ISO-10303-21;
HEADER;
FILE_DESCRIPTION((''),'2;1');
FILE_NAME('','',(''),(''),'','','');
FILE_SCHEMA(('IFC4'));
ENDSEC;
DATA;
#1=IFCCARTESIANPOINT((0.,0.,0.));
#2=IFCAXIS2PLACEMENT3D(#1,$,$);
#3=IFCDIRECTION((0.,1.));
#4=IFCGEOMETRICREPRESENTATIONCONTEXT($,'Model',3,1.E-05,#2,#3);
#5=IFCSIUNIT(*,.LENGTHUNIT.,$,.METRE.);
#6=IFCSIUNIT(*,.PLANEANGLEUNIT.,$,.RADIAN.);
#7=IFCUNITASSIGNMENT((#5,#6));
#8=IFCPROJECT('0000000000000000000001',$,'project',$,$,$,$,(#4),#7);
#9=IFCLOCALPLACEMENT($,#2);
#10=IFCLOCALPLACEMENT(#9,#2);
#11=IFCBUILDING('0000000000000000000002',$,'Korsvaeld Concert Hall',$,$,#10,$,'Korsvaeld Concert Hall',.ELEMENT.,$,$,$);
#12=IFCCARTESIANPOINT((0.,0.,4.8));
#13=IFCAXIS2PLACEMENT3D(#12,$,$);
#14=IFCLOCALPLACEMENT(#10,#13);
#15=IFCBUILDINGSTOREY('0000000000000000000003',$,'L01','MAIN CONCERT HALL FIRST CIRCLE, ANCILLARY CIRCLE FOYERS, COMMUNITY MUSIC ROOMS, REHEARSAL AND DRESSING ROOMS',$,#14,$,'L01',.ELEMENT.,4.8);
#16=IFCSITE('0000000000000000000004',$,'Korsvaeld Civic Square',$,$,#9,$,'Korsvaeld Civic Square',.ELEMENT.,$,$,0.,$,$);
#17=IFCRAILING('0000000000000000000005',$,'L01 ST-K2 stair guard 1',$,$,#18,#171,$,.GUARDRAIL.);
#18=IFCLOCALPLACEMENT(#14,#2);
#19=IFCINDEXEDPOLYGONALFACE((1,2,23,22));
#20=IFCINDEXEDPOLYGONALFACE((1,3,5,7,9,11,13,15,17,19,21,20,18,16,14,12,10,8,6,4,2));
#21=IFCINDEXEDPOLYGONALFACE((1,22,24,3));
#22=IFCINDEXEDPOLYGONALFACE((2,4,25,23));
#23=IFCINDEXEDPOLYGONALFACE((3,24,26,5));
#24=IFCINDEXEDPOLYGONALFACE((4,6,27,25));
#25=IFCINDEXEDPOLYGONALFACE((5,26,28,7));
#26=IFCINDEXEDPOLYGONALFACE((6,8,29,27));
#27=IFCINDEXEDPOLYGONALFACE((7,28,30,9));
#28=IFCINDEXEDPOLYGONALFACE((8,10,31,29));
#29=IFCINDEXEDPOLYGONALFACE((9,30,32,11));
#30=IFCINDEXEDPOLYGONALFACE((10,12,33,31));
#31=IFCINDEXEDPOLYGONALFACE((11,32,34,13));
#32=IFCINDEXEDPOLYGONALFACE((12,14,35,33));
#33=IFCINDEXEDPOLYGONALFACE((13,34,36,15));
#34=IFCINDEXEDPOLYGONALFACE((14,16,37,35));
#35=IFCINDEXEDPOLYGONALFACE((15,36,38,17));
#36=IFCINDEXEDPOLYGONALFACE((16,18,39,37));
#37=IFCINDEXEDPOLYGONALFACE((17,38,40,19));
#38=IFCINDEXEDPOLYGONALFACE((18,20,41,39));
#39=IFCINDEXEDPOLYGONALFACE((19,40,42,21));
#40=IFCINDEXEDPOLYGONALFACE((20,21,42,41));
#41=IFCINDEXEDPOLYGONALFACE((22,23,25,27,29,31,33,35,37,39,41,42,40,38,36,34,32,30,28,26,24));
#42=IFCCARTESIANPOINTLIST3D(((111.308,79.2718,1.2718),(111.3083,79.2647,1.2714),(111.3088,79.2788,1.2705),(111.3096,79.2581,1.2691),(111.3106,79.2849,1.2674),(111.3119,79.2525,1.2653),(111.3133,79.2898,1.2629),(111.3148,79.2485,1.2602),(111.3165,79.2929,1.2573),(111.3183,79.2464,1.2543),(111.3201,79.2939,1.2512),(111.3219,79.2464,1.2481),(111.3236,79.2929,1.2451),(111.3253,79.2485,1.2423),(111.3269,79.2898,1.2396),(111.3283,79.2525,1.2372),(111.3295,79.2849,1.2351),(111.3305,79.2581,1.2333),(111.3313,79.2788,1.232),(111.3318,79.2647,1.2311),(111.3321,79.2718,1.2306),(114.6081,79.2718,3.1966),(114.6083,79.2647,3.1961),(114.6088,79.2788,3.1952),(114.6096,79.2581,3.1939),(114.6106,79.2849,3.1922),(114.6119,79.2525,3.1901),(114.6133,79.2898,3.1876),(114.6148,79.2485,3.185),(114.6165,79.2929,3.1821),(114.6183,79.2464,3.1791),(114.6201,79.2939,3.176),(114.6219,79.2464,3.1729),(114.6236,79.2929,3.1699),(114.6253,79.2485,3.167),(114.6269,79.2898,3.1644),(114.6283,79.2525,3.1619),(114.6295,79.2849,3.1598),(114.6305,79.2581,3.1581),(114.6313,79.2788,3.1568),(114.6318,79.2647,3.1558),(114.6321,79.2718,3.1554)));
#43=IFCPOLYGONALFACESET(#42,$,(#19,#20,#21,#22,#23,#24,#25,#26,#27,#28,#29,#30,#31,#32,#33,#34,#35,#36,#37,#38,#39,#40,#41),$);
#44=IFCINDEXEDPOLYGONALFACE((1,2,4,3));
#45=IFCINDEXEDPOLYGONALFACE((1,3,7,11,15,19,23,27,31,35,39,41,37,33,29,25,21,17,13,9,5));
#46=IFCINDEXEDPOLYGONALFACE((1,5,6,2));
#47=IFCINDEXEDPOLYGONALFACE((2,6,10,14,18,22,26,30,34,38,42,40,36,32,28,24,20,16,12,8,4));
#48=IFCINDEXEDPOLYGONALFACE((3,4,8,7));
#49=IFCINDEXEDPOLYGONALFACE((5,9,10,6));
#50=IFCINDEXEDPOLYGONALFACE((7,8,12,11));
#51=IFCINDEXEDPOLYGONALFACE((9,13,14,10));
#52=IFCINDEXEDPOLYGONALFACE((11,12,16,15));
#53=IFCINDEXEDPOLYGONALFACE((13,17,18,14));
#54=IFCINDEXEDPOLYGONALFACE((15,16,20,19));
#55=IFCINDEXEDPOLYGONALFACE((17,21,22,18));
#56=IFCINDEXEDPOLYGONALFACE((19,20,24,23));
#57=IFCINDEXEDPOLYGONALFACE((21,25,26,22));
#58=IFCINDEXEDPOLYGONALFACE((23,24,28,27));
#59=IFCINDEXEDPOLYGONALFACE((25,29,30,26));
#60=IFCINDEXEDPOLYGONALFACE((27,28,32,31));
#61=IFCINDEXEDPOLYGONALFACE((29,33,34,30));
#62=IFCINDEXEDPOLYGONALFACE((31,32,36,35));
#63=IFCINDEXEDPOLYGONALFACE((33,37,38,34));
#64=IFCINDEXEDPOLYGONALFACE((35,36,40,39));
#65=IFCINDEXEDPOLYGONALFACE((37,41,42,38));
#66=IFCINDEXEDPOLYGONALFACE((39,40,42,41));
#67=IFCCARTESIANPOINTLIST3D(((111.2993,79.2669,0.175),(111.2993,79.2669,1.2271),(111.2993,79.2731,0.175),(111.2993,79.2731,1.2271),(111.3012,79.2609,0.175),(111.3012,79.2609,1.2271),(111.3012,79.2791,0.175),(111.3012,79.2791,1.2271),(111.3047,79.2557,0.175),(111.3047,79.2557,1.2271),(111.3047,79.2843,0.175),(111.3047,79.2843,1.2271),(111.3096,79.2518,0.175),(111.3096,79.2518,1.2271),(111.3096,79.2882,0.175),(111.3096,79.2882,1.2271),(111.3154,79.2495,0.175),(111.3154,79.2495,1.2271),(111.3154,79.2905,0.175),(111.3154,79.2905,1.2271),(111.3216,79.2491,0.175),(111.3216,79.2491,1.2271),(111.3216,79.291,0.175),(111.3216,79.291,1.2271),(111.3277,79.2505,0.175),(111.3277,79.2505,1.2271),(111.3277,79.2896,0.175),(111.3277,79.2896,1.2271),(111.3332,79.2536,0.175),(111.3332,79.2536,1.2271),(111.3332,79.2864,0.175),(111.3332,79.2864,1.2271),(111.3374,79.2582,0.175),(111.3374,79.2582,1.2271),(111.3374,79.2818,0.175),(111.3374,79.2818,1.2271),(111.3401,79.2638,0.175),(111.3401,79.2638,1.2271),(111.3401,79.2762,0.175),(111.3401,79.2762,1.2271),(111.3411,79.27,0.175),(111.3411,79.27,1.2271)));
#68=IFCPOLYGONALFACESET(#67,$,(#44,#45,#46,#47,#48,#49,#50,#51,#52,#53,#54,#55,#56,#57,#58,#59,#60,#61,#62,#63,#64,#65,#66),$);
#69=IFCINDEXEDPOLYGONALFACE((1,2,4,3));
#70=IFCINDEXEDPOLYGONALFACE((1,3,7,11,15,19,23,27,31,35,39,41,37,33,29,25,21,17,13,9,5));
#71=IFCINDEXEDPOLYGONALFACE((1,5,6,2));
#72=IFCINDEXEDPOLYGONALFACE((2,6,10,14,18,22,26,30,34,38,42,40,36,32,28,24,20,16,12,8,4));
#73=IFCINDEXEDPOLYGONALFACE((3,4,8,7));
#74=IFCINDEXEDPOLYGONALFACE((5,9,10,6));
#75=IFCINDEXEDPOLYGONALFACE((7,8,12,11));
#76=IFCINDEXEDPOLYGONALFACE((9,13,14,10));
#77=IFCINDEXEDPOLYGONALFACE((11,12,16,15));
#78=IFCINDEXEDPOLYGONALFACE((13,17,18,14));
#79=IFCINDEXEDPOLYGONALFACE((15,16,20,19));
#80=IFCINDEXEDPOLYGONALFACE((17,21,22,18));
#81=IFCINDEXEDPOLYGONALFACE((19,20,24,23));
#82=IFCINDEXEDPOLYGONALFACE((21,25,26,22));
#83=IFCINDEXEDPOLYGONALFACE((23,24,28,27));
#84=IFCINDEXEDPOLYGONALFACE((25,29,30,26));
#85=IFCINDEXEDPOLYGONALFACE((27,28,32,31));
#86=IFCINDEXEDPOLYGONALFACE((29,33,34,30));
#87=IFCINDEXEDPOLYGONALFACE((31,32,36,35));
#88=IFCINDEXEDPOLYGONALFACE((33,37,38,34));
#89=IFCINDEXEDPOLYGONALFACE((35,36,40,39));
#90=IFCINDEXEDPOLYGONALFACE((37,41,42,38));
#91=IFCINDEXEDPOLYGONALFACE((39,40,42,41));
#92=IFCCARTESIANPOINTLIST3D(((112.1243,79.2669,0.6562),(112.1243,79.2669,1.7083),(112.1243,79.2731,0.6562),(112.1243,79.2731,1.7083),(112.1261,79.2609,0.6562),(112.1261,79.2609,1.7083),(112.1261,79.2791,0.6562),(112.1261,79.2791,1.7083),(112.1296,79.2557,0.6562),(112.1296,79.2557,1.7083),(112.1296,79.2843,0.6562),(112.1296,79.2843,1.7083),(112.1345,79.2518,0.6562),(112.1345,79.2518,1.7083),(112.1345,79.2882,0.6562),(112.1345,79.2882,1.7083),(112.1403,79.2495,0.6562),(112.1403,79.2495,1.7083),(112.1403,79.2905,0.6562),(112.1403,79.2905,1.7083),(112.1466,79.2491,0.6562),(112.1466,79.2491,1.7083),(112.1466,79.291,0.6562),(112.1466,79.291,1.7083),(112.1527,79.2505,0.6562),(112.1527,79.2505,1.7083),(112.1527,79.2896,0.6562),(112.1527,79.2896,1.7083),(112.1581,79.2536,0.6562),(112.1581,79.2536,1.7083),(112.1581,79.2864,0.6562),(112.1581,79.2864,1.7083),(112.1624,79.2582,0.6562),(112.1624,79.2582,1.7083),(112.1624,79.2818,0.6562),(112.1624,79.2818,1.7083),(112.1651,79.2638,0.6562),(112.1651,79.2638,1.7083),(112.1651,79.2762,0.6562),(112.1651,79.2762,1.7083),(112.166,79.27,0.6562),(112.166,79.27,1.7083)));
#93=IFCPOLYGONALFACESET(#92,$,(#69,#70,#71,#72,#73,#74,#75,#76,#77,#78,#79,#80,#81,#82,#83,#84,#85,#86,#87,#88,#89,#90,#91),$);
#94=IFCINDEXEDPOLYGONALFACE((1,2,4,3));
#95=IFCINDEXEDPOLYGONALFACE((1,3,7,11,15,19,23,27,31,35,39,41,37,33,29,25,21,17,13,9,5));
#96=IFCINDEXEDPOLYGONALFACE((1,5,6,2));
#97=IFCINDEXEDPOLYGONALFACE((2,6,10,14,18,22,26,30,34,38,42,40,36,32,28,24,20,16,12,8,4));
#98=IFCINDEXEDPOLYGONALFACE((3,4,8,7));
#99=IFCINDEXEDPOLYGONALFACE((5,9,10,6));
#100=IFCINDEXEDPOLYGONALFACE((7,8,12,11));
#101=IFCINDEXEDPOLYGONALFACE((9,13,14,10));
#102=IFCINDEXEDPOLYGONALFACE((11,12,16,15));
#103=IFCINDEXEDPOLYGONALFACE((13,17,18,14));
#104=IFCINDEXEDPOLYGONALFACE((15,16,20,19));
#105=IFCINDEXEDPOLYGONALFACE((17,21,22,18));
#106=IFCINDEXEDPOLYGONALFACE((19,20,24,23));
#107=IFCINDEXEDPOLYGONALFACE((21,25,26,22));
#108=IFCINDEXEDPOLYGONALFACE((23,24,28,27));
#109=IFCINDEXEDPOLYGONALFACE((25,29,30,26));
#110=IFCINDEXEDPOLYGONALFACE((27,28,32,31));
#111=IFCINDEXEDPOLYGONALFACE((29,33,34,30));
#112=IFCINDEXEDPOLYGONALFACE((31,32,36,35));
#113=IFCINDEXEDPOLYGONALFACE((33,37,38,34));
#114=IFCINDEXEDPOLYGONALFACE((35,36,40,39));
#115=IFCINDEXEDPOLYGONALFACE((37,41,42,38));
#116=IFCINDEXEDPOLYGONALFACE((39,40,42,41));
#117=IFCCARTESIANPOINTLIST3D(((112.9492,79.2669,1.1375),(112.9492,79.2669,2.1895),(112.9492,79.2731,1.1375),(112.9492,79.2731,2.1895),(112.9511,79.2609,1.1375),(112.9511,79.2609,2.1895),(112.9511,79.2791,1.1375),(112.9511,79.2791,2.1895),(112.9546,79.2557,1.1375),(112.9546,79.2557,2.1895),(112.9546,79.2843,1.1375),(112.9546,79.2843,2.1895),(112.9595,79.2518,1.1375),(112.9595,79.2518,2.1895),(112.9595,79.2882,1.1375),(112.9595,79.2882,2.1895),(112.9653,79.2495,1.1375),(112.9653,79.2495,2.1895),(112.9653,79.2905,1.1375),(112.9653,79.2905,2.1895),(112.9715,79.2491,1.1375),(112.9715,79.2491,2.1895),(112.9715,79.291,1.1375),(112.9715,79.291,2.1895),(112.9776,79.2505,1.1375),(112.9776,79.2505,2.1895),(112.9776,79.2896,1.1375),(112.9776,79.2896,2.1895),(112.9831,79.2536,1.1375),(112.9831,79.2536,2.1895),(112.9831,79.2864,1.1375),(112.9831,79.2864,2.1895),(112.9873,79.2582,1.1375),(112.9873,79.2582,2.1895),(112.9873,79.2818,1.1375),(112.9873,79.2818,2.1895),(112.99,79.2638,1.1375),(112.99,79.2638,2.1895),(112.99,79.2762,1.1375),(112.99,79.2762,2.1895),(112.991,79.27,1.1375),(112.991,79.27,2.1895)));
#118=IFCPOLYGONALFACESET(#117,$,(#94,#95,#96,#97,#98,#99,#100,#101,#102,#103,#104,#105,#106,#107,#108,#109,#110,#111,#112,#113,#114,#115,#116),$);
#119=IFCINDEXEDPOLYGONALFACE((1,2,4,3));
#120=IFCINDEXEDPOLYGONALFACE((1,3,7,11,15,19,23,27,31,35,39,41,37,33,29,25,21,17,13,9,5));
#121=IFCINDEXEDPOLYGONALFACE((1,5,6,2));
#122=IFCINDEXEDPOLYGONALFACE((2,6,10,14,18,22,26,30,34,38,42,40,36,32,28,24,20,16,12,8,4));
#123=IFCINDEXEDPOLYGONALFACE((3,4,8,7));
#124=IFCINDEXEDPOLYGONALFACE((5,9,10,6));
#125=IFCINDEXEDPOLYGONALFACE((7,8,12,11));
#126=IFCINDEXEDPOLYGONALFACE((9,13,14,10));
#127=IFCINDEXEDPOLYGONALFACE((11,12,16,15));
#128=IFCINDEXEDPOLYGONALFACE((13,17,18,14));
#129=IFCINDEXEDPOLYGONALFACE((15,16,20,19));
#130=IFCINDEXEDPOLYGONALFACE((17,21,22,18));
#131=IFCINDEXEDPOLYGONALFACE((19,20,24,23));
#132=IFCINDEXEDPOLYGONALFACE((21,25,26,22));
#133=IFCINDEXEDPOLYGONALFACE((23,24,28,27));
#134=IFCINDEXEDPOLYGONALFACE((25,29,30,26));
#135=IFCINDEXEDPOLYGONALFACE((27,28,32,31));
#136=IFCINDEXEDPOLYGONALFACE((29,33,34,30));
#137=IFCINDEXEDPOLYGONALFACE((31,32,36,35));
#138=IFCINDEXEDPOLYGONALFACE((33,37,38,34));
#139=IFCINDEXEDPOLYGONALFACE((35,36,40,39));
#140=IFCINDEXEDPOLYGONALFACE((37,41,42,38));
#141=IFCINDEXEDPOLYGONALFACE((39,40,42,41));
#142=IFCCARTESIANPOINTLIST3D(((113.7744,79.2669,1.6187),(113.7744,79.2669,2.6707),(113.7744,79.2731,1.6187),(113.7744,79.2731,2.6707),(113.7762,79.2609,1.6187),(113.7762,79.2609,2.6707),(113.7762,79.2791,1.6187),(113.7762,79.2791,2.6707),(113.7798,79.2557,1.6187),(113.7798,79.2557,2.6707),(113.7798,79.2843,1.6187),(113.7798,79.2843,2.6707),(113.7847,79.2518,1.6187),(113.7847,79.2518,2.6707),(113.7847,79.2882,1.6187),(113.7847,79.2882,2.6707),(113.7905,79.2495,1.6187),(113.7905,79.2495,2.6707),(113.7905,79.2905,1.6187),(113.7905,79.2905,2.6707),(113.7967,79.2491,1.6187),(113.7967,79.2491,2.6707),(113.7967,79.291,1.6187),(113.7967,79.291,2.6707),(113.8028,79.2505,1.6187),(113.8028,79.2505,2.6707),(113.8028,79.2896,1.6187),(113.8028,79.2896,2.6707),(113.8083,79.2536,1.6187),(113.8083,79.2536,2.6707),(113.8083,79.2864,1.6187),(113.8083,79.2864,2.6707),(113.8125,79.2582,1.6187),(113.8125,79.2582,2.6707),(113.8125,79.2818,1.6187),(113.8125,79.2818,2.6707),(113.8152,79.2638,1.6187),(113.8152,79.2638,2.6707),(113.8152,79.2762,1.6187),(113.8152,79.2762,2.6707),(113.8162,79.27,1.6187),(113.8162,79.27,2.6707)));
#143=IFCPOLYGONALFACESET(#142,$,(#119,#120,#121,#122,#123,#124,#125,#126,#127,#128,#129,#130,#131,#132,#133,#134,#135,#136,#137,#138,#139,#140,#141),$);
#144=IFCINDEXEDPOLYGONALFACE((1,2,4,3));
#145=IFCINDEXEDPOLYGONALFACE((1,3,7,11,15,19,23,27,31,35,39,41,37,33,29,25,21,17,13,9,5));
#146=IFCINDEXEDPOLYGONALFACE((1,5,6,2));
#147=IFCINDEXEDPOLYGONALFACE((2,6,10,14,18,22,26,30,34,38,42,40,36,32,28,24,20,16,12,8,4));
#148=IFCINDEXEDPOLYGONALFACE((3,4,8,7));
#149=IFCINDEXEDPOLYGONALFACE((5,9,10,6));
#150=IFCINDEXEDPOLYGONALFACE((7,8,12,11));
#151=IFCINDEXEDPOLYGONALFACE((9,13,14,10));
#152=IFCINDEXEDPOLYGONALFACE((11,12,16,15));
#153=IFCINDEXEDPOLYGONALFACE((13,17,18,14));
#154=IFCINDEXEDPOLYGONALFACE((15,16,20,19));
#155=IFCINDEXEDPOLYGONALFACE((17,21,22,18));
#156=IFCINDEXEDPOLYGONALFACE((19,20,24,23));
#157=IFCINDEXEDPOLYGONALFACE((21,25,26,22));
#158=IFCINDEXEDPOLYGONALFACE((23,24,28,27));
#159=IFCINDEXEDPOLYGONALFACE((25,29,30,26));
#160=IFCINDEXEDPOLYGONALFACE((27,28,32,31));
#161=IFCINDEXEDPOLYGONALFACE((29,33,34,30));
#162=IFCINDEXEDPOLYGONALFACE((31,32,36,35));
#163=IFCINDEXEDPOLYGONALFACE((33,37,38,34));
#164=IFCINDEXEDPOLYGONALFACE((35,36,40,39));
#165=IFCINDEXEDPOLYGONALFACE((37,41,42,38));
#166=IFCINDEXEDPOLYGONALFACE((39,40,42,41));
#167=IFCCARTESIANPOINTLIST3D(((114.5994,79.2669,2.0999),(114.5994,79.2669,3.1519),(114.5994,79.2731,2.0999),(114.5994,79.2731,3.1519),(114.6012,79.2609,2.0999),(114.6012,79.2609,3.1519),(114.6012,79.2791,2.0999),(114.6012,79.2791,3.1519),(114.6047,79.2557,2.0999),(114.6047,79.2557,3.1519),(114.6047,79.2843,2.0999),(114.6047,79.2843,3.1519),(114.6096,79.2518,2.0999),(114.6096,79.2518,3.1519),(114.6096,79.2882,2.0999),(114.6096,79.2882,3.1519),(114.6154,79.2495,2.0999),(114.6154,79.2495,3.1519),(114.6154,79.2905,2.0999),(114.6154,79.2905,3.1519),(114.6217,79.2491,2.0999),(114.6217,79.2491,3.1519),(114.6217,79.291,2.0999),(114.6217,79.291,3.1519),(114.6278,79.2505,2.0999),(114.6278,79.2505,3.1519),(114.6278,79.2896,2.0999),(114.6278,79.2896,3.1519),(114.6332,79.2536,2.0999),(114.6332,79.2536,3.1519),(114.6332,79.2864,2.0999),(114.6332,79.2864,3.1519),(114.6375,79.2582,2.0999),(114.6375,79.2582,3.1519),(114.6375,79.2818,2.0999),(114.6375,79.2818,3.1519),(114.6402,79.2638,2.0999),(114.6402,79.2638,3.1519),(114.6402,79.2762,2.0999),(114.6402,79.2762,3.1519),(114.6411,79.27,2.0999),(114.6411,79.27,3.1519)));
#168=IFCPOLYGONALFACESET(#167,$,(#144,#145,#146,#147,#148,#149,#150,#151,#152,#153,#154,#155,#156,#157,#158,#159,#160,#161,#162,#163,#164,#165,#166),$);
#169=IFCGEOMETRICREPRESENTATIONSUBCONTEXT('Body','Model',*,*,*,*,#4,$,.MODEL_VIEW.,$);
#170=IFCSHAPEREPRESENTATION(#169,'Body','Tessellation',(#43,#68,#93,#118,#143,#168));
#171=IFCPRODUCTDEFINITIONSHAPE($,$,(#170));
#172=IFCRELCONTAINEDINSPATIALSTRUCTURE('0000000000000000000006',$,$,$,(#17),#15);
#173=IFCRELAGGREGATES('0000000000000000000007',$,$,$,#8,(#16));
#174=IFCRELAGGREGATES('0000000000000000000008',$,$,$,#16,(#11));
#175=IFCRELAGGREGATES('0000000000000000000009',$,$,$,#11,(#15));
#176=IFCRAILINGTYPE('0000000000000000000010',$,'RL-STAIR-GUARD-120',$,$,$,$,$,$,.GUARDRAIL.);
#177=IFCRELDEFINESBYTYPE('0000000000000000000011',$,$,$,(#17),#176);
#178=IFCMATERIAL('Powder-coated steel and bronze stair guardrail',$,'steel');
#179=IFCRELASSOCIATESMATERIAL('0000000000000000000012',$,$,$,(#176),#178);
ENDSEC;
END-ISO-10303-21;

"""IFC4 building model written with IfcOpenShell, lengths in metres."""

from ifc_helpers import new_model, si_unit, direction, frame, origin, origin_2d, place, context, subcontext, project, spatial, circle, extrude, material, type_object, element, save


model = new_model("IFC4")

# Units and contexts
model_context = context("Model", 3, precision=1e-05, world=origin(), true_north=direction((0.0, 1.0)))
body_context = subcontext(model_context, "Body", "Model", "MODEL_VIEW")
ifc_project = project(units=[si_unit("LENGTHUNIT", "METRE"), si_unit("PLANEANGLEUNIT", "RADIAN")], contexts=[model_context])

# Site, building, storey
site_placement = place(None, origin())
site = spatial("IfcSite", under=ifc_project, at=site_placement, Name="Korsvaeld Civic Square", LongName="Korsvaeld Civic Square", CompositionType="ELEMENT", RefElevation=0.0)
building_placement = place(site_placement, origin())
building = spatial("IfcBuilding", under=site, at=building_placement, Name="Korsvaeld Concert Hall", LongName="Korsvaeld Concert Hall", CompositionType="ELEMENT")
storey_placement = place(building_placement, frame((0.0, 0.0, 4.8)))
storey = spatial("IfcBuildingStorey", under=building, at=storey_placement, Name="L01", Description="MAIN CONCERT HALL FIRST CIRCLE, ANCILLARY CIRCLE FOYERS, COMMUNITY MUSIC ROOMS, REHEARSAL AND DRESSING ROOMS", LongName="L01", CompositionType="ELEMENT", Elevation=4.8)

# Railing
ifc_material_1 = material(Name="Powder-coated steel and bronze stair guardrail", Category="steel")
railing_type_1 = type_object("IfcRailingType", Name="RL-STAIR-GUARD-120", PredefinedType="GUARDRAIL", material=ifc_material_1)
railing_1_placement = place(storey_placement, frame((111.3201, 79.27, 0.175)))
element("IfcRailing", 1, at=railing_1_placement, inside=storey, type_object=railing_type_1, Name="L01 ST-K2 stair guard 1", PredefinedType="GUARDRAIL", context=body_context, shape_type="SweptSolid", body=[
    extrude(circle(Radius=0.0239, at=origin_2d()), frame((0.0, 0.0, 1.0762), z_axis=(0.863804, 0.0, 0.503827), x_axis=(0.0, 1.0, 0.0)), (0.0, 0.0, 1.0), 3.8203),
    extrude(circle(Radius=0.021, at=origin_2d()), origin(), (0.0, 0.0, 1.0), 1.052),
    extrude(circle(Radius=0.021, at=origin_2d()), frame((0.825, 0.0, 0.4812)), (0.0, 0.0, 1.0), 1.052),
    extrude(circle(Radius=0.021, at=origin_2d()), frame((1.6499, 0.0, 0.9624)), (0.0, 0.0, 1.0), 1.052),
    extrude(circle(Radius=0.021, at=origin_2d()), frame((2.4751, 0.0, 1.4436)), (0.0, 0.0, 1.0), 1.052),
    extrude(circle(Radius=0.021, at=origin_2d()), frame((3.3, 0.0, 1.9248)), (0.0, 0.0, 1.0), 1.052),
])

save(model, "model.ifc")
